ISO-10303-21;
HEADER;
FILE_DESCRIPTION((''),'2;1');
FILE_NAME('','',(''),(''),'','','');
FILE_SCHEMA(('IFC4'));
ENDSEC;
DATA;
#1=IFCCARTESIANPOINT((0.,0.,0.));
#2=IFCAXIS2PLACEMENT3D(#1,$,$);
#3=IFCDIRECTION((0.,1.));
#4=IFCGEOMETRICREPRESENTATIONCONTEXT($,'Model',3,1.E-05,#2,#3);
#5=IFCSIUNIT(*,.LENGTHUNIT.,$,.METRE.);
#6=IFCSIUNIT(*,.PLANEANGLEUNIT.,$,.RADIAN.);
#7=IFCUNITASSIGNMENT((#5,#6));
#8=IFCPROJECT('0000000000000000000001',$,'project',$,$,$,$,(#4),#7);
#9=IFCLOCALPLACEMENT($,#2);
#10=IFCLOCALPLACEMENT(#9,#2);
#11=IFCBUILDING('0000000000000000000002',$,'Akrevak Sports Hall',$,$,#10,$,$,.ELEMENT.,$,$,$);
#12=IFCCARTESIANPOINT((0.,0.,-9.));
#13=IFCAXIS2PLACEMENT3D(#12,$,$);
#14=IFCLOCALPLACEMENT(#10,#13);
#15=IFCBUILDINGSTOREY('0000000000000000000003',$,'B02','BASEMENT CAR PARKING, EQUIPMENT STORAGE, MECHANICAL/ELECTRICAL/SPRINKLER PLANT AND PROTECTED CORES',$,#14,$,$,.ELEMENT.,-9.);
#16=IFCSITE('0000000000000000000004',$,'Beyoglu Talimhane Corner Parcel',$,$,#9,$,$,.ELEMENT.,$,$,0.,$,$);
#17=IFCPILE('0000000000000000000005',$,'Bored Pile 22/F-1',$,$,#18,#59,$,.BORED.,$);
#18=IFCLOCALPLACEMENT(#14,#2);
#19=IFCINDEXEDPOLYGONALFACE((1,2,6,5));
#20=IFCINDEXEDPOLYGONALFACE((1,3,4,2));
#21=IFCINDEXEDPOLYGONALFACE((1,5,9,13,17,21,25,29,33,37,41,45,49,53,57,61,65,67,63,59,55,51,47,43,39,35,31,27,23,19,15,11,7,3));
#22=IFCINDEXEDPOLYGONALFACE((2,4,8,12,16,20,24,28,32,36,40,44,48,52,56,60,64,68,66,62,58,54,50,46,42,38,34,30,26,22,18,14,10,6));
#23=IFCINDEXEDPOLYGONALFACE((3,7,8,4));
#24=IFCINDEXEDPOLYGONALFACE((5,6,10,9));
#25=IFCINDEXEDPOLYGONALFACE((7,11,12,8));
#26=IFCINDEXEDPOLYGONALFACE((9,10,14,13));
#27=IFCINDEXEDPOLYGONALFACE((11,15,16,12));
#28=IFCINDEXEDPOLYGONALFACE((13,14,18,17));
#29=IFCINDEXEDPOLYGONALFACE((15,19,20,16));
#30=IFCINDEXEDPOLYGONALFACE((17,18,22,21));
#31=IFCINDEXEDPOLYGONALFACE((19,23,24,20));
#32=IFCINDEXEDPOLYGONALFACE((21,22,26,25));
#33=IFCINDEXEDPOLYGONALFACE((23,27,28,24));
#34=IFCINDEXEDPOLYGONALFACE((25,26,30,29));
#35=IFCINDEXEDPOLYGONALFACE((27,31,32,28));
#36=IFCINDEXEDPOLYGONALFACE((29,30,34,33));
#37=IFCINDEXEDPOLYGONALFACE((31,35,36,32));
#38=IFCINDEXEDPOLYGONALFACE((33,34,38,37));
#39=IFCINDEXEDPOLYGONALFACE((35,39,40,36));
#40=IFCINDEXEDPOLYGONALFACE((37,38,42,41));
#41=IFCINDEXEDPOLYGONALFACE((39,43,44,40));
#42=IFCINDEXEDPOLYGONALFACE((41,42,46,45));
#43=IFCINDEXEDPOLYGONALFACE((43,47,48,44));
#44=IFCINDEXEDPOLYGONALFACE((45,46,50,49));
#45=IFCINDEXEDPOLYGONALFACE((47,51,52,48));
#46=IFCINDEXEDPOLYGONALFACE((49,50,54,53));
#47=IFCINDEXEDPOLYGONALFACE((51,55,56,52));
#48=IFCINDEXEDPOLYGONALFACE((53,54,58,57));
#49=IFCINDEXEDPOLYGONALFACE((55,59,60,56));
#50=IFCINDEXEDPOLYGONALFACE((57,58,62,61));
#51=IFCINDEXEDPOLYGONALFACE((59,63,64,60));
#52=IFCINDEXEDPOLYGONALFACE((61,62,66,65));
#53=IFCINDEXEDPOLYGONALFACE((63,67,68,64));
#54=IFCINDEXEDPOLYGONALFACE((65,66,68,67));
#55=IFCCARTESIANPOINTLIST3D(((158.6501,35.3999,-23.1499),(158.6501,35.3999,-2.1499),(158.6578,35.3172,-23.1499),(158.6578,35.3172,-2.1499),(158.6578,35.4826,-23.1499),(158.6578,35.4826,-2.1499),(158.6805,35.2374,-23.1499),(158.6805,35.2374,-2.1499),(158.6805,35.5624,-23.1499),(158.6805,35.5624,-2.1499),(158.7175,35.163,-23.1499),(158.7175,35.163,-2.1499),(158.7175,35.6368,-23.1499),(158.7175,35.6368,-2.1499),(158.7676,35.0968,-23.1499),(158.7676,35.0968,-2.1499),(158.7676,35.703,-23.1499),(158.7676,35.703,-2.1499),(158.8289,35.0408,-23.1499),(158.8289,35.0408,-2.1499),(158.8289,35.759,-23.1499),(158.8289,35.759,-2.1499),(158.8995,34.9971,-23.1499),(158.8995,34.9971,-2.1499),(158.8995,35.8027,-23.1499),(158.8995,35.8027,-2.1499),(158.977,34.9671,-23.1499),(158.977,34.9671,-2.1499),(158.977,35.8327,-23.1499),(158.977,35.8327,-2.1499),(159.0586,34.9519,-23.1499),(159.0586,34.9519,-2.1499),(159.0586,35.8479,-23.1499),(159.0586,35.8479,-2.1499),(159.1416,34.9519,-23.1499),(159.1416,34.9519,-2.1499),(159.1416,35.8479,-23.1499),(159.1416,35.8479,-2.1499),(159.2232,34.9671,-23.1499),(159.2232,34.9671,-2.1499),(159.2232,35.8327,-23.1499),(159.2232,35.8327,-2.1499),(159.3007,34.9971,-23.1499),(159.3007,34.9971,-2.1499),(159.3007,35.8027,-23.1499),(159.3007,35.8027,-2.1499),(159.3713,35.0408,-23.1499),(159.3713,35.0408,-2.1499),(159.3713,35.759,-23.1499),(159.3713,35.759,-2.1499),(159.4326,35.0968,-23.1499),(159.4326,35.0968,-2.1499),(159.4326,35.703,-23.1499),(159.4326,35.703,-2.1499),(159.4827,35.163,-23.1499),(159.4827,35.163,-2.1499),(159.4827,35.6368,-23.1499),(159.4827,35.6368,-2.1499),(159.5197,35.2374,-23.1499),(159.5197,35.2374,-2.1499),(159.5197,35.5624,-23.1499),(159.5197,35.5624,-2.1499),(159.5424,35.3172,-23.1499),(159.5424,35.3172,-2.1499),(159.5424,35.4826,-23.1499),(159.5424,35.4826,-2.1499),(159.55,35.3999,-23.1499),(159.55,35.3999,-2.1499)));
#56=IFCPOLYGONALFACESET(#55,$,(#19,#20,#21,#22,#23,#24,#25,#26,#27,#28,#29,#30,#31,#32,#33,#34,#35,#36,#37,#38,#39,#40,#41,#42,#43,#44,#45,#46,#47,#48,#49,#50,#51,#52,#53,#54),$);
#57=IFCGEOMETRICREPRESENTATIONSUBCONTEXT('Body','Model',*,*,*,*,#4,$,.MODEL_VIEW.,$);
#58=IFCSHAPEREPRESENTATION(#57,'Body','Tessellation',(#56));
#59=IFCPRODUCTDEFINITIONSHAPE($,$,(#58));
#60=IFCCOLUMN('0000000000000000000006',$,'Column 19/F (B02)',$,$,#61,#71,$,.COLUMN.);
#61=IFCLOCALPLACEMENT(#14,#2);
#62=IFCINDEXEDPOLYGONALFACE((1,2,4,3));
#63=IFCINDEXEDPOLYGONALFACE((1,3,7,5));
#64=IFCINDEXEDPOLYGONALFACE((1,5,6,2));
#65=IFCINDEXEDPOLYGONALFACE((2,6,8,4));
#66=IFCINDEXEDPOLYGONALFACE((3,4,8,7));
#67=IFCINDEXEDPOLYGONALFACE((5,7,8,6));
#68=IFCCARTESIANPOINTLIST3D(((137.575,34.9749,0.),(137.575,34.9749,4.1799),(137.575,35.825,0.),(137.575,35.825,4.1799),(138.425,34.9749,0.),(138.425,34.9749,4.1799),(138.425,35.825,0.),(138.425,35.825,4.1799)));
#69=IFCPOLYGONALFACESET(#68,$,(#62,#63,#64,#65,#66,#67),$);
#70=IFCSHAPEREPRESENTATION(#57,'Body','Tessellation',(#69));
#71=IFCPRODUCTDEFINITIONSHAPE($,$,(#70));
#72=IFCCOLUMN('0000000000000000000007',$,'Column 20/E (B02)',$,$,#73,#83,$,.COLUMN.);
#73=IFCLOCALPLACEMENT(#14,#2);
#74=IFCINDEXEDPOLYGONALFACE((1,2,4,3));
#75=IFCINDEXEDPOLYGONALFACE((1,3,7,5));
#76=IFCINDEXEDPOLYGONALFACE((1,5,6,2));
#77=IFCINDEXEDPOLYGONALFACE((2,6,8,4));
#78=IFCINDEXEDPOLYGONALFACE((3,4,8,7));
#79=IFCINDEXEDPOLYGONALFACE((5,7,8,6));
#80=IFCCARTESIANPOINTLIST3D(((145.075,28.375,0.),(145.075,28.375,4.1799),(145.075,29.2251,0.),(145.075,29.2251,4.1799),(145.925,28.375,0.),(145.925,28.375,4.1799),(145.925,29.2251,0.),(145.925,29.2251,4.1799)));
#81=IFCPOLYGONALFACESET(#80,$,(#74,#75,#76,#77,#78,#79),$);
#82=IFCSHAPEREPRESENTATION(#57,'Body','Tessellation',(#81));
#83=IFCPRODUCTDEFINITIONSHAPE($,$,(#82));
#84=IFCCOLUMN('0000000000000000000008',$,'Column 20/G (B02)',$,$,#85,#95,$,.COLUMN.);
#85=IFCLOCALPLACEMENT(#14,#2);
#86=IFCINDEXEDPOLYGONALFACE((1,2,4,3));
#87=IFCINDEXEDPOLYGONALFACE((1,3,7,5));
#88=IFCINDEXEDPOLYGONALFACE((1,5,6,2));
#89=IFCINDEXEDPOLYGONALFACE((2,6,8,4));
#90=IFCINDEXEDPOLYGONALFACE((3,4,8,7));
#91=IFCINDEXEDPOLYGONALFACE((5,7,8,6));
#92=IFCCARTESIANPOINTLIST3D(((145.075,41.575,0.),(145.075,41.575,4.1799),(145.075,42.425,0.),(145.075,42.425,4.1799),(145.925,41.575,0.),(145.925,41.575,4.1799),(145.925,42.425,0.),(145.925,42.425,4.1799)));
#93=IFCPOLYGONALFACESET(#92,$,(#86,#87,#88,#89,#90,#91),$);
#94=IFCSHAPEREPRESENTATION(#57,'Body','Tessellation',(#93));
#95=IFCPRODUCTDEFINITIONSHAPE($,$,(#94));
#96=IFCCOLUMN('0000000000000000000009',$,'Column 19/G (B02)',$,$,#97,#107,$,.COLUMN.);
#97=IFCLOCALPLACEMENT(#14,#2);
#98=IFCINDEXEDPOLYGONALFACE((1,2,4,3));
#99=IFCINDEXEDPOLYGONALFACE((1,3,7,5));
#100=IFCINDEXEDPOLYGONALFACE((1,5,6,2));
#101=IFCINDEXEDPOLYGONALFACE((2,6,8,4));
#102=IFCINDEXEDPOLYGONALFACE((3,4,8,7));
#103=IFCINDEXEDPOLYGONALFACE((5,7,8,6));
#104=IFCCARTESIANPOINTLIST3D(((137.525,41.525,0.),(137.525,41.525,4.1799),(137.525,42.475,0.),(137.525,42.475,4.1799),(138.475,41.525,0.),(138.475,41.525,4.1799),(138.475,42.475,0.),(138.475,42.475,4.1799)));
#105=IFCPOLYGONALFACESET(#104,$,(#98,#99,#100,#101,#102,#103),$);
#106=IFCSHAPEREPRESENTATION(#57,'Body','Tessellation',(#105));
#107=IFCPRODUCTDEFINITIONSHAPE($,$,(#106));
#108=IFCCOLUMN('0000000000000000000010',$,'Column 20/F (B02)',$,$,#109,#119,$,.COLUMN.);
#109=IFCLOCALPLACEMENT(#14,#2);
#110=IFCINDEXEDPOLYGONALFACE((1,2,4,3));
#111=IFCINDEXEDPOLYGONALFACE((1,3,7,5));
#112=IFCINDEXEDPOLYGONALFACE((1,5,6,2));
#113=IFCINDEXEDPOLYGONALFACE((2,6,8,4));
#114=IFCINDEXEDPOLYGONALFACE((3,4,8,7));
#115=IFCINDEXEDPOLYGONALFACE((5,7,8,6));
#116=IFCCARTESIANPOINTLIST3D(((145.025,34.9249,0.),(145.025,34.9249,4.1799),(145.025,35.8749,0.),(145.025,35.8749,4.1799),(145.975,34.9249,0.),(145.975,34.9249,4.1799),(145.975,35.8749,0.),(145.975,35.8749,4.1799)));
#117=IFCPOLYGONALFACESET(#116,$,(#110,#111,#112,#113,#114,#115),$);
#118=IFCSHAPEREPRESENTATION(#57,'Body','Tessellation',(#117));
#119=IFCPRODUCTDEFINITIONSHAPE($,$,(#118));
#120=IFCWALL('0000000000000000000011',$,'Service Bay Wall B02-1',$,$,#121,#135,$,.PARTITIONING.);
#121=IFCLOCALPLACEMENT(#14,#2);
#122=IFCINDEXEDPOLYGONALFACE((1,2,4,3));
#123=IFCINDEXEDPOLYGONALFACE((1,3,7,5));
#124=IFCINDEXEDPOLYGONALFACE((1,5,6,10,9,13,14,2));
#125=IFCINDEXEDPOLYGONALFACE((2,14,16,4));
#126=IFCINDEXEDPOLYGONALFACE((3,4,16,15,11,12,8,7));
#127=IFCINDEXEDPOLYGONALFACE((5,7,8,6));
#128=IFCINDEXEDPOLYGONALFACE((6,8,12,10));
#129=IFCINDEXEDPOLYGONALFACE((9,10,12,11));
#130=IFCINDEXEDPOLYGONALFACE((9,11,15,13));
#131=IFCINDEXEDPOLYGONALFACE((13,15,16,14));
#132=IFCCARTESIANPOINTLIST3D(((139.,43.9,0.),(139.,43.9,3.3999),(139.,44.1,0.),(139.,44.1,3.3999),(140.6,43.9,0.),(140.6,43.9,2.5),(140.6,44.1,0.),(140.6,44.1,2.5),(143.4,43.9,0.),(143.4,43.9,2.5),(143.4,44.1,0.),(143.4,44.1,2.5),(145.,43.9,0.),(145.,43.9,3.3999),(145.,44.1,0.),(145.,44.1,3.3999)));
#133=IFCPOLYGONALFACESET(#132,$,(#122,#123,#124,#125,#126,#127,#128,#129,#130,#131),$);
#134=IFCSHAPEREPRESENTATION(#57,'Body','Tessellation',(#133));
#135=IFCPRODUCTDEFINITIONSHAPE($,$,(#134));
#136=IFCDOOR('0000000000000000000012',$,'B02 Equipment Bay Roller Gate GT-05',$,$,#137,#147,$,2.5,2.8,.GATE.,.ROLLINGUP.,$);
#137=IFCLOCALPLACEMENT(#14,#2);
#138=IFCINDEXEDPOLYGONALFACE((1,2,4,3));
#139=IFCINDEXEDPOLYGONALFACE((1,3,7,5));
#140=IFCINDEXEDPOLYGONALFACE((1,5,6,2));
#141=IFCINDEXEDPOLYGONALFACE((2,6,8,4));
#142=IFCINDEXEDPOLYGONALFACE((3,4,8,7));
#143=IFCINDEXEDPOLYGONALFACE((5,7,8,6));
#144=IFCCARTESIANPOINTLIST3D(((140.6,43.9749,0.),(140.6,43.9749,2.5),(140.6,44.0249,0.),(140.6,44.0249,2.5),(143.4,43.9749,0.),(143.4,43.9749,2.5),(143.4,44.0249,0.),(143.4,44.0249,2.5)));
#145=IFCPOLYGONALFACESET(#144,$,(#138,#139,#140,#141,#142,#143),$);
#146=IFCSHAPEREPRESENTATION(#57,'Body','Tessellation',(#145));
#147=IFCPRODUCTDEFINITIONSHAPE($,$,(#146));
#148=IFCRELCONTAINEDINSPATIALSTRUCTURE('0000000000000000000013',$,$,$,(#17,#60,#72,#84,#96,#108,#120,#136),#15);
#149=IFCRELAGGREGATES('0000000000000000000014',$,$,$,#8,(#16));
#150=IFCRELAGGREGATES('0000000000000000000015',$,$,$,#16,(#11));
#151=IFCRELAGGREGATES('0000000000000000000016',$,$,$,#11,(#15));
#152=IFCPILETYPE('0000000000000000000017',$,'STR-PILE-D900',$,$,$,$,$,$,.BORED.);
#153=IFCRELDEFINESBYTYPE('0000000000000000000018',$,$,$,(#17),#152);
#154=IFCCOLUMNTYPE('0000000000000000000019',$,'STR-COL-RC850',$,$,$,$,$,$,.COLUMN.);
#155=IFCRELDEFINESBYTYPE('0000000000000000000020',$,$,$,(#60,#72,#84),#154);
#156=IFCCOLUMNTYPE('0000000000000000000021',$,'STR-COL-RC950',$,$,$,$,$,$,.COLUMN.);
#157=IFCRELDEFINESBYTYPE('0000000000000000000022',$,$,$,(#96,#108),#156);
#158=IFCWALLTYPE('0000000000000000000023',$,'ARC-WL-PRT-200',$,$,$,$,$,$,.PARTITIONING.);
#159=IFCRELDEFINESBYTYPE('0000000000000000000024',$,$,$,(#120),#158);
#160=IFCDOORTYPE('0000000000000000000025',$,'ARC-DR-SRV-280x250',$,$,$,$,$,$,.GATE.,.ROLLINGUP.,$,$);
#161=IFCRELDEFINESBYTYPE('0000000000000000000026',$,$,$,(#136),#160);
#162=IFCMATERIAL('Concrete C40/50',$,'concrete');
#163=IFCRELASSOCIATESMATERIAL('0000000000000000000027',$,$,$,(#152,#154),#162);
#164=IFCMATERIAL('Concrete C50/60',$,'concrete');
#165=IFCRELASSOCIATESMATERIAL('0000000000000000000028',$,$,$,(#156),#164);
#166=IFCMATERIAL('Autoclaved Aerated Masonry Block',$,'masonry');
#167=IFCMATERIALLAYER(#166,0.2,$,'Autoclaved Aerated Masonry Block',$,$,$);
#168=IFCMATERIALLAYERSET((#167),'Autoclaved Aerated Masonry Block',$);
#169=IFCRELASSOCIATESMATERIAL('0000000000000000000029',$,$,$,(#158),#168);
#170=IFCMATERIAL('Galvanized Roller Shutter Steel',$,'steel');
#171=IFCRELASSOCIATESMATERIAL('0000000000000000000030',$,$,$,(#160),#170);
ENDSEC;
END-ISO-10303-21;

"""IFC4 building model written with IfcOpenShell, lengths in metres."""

from ifc_helpers import new_model, si_unit, direction, frame, frame_2d, origin, origin_2d, place, context, subcontext, project, spatial, rectangle, circle, extrude, material, layer, layer_set, material_profile, profile_set, type_object, element, fill, save


model = new_model("IFC4")

# Units and contexts
model_context = context("Model", 3, precision=1e-05, world=origin(), true_north=direction((0.0, 1.0)))
body_context = subcontext(model_context, "Body", "Model", "MODEL_VIEW")
ifc_project = project(units=[si_unit("LENGTHUNIT", "METRE"), si_unit("PLANEANGLEUNIT", "RADIAN")], contexts=[model_context])

# Site, building, storey
site_placement = place(None, origin())
site = spatial("IfcSite", under=ifc_project, at=site_placement, Name="Beyoglu Talimhane Corner Parcel", CompositionType="ELEMENT", RefElevation=0.0)
building_placement = place(site_placement, origin())
building = spatial("IfcBuilding", under=site, at=building_placement, Name="Akrevak Sports Hall", CompositionType="ELEMENT")
storey_placement = place(building_placement, frame((0.0, 0.0, -9.0)))
storey = spatial("IfcBuildingStorey", under=building, at=storey_placement, Name="B02", Description="BASEMENT CAR PARKING, EQUIPMENT STORAGE, MECHANICAL/ELECTRICAL/SPRINKLER PLANT AND PROTECTED CORES", CompositionType="ELEMENT", Elevation=-9.0)

# Shared definitions
ifc_material_1 = material(Name="Concrete C40/50", Category="concrete")

# Pile
ifc_material_profile_1 = material_profile(ifc_material_1, circle(Radius=0.45, at=origin_2d()), Name="BORED PILE D900", Category="concrete")
ifc_profile_set_1 = profile_set([ifc_material_profile_1], Name="Concrete C40/50")
pile_type_1 = type_object("IfcPileType", Name="STR-PILE-D900", PredefinedType="BORED", material=ifc_profile_set_1)
for number, where, z_axis, x_axis, name in (
    (1, (159.1001, 35.3999, -2.1499), (0.0, 0.0, -1.0), (1.0, 0.0, 0.0), "Bored Pile 22/F-1"),
):
    element("IfcPile", number, at=place(storey_placement, frame(where, z_axis=z_axis, x_axis=x_axis)), inside=storey, type_object=pile_type_1, Name=name, PredefinedType="BORED", context=body_context, shape_type="SweptSolid", body=[
        extrude(circle(Radius=0.45, at=origin_2d()), origin(), (0.0, 0.0, 1.0), 21.0),
    ])

# Columns
ifc_material_profile_2 = material_profile(ifc_material_1, rectangle(XDim=0.8501, YDim=0.8501, at=origin_2d()), Name="RC 850x850", Category="concrete")
ifc_profile_set_2 = profile_set([ifc_material_profile_2], Name="Concrete C40/50")
column_type_1 = type_object("IfcColumnType", Name="STR-COL-RC850", PredefinedType="COLUMN", material=ifc_profile_set_2)
for number, where, z_axis, x_axis, name in (
    (2, (138.0, 35.3999, 0.0), (0.0, 0.0, 1.0), (1.0, 0.0, 0.0), "Column 19/F (B02)"),
    (3, (145.5, 28.8, 0.0), (0.0, 0.0, 1.0), (1.0, 0.0, 0.0), "Column 20/E (B02)"),
    (4, (145.5, 42.0, 0.0), (0.0, 0.0, 1.0), (1.0, 0.0, 0.0), "Column 20/G (B02)"),
):
    element("IfcColumn", number, at=place(storey_placement, frame(where, z_axis=z_axis, x_axis=x_axis)), inside=storey, type_object=column_type_1, Name=name, PredefinedType="COLUMN", context=body_context, shape_type="SweptSolid", body=[
        extrude(rectangle(XDim=0.8501, YDim=0.8501, at=origin_2d()), origin(), (0.0, 0.0, 1.0), 4.1799),
    ])
ifc_material_2 = material(Name="Concrete C50/60", Category="concrete")
ifc_material_profile_3 = material_profile(ifc_material_2, rectangle(XDim=0.95, YDim=0.95, at=origin_2d()), Name="RC 950x950", Category="concrete")
ifc_profile_set_3 = profile_set([ifc_material_profile_3], Name="Concrete C50/60")
column_type_2 = type_object("IfcColumnType", Name="STR-COL-RC950", PredefinedType="COLUMN", material=ifc_profile_set_3)
for number, where, z_axis, x_axis, name in (
    (5, (138.0, 42.0, 0.0), (0.0, 0.0, 1.0), (1.0, 0.0, 0.0), "Column 19/G (B02)"),
    (6, (145.5, 35.3999, 0.0), (0.0, 0.0, 1.0), (1.0, 0.0, 0.0), "Column 20/F (B02)"),
):
    element("IfcColumn", number, at=place(storey_placement, frame(where, z_axis=z_axis, x_axis=x_axis)), inside=storey, type_object=column_type_2, Name=name, PredefinedType="COLUMN", context=body_context, shape_type="SweptSolid", body=[
        extrude(rectangle(XDim=0.95, YDim=0.95, at=origin_2d()), origin(), (0.0, 0.0, 1.0), 4.1799),
    ])

# Wall, opening, door
ifc_material_3 = material(Name="Autoclaved Aerated Masonry Block", Category="masonry")
ifc_layer = layer(ifc_material_3, 0.2, Name="Autoclaved Aerated Masonry Block")
ifc_layer_set = layer_set([ifc_layer], Name="Autoclaved Aerated Masonry Block")
wall_type = type_object("IfcWallType", Name="ARC-WL-PRT-200", PredefinedType="PARTITIONING", material=ifc_layer_set)
wall_placement = place(storey_placement, frame((139.0, 44.0, 0.0), z_axis=(0.0, 0.0, 1.0), x_axis=(1.0, 0.0, 0.0)))
wall = element("IfcWall", 7, at=wall_placement, inside=storey, type_object=wall_type, Name="Service Bay Wall B02-1", PredefinedType="PARTITIONING", context=body_context, shape_type="SweptSolid", body=[
    extrude(rectangle(XDim=6.0, YDim=0.2, at=frame_2d((3.0, 0.0))), origin(), (0.0, 0.0, 1.0), 3.3999),
])
opening_placement = place(wall_placement, frame((1.6001, 0.0, 0.0)))
opening = element("IfcOpeningElement", 8, at=opening_placement, cuts=wall, PredefinedType="OPENING", context=body_context, shape_type="SweptSolid", body=[
    extrude(rectangle(XDim=2.8, YDim=2.5, at=frame_2d((1.3999, 1.25))), frame((0.0, 0.1118, 0.0), z_axis=(0.0, -1.0, 0.0), x_axis=(1.0, 0.0, 0.0)), (0.0, 0.0, 1.0), 0.2239),
])
ifc_material_4 = material(Name="Galvanized Roller Shutter Steel", Category="steel")
door_type = type_object("IfcDoorType", Name="ARC-DR-SRV-280x250", OperationType="ROLLINGUP", PredefinedType="GATE", material=ifc_material_4)
door_placement = place(opening_placement, origin())
door = element("IfcDoor", 9, at=door_placement, inside=storey, type_object=door_type, Name="B02 Equipment Bay Roller Gate GT-05", OperationType="ROLLINGUP", OverallHeight=2.5, OverallWidth=2.8, PredefinedType="GATE", context=body_context, shape_type="SweptSolid", body=[
    extrude(rectangle(XDim=2.8, YDim=2.5, at=frame_2d((1.3999, 1.25))), frame((0.0, 0.0249, 0.0), z_axis=(0.0, -1.0, 0.0), x_axis=(1.0, 0.0, 0.0)), (0.0, 0.0, 1.0), 0.05),
])
fill(opening, door)

save(model, "model.ifc")
